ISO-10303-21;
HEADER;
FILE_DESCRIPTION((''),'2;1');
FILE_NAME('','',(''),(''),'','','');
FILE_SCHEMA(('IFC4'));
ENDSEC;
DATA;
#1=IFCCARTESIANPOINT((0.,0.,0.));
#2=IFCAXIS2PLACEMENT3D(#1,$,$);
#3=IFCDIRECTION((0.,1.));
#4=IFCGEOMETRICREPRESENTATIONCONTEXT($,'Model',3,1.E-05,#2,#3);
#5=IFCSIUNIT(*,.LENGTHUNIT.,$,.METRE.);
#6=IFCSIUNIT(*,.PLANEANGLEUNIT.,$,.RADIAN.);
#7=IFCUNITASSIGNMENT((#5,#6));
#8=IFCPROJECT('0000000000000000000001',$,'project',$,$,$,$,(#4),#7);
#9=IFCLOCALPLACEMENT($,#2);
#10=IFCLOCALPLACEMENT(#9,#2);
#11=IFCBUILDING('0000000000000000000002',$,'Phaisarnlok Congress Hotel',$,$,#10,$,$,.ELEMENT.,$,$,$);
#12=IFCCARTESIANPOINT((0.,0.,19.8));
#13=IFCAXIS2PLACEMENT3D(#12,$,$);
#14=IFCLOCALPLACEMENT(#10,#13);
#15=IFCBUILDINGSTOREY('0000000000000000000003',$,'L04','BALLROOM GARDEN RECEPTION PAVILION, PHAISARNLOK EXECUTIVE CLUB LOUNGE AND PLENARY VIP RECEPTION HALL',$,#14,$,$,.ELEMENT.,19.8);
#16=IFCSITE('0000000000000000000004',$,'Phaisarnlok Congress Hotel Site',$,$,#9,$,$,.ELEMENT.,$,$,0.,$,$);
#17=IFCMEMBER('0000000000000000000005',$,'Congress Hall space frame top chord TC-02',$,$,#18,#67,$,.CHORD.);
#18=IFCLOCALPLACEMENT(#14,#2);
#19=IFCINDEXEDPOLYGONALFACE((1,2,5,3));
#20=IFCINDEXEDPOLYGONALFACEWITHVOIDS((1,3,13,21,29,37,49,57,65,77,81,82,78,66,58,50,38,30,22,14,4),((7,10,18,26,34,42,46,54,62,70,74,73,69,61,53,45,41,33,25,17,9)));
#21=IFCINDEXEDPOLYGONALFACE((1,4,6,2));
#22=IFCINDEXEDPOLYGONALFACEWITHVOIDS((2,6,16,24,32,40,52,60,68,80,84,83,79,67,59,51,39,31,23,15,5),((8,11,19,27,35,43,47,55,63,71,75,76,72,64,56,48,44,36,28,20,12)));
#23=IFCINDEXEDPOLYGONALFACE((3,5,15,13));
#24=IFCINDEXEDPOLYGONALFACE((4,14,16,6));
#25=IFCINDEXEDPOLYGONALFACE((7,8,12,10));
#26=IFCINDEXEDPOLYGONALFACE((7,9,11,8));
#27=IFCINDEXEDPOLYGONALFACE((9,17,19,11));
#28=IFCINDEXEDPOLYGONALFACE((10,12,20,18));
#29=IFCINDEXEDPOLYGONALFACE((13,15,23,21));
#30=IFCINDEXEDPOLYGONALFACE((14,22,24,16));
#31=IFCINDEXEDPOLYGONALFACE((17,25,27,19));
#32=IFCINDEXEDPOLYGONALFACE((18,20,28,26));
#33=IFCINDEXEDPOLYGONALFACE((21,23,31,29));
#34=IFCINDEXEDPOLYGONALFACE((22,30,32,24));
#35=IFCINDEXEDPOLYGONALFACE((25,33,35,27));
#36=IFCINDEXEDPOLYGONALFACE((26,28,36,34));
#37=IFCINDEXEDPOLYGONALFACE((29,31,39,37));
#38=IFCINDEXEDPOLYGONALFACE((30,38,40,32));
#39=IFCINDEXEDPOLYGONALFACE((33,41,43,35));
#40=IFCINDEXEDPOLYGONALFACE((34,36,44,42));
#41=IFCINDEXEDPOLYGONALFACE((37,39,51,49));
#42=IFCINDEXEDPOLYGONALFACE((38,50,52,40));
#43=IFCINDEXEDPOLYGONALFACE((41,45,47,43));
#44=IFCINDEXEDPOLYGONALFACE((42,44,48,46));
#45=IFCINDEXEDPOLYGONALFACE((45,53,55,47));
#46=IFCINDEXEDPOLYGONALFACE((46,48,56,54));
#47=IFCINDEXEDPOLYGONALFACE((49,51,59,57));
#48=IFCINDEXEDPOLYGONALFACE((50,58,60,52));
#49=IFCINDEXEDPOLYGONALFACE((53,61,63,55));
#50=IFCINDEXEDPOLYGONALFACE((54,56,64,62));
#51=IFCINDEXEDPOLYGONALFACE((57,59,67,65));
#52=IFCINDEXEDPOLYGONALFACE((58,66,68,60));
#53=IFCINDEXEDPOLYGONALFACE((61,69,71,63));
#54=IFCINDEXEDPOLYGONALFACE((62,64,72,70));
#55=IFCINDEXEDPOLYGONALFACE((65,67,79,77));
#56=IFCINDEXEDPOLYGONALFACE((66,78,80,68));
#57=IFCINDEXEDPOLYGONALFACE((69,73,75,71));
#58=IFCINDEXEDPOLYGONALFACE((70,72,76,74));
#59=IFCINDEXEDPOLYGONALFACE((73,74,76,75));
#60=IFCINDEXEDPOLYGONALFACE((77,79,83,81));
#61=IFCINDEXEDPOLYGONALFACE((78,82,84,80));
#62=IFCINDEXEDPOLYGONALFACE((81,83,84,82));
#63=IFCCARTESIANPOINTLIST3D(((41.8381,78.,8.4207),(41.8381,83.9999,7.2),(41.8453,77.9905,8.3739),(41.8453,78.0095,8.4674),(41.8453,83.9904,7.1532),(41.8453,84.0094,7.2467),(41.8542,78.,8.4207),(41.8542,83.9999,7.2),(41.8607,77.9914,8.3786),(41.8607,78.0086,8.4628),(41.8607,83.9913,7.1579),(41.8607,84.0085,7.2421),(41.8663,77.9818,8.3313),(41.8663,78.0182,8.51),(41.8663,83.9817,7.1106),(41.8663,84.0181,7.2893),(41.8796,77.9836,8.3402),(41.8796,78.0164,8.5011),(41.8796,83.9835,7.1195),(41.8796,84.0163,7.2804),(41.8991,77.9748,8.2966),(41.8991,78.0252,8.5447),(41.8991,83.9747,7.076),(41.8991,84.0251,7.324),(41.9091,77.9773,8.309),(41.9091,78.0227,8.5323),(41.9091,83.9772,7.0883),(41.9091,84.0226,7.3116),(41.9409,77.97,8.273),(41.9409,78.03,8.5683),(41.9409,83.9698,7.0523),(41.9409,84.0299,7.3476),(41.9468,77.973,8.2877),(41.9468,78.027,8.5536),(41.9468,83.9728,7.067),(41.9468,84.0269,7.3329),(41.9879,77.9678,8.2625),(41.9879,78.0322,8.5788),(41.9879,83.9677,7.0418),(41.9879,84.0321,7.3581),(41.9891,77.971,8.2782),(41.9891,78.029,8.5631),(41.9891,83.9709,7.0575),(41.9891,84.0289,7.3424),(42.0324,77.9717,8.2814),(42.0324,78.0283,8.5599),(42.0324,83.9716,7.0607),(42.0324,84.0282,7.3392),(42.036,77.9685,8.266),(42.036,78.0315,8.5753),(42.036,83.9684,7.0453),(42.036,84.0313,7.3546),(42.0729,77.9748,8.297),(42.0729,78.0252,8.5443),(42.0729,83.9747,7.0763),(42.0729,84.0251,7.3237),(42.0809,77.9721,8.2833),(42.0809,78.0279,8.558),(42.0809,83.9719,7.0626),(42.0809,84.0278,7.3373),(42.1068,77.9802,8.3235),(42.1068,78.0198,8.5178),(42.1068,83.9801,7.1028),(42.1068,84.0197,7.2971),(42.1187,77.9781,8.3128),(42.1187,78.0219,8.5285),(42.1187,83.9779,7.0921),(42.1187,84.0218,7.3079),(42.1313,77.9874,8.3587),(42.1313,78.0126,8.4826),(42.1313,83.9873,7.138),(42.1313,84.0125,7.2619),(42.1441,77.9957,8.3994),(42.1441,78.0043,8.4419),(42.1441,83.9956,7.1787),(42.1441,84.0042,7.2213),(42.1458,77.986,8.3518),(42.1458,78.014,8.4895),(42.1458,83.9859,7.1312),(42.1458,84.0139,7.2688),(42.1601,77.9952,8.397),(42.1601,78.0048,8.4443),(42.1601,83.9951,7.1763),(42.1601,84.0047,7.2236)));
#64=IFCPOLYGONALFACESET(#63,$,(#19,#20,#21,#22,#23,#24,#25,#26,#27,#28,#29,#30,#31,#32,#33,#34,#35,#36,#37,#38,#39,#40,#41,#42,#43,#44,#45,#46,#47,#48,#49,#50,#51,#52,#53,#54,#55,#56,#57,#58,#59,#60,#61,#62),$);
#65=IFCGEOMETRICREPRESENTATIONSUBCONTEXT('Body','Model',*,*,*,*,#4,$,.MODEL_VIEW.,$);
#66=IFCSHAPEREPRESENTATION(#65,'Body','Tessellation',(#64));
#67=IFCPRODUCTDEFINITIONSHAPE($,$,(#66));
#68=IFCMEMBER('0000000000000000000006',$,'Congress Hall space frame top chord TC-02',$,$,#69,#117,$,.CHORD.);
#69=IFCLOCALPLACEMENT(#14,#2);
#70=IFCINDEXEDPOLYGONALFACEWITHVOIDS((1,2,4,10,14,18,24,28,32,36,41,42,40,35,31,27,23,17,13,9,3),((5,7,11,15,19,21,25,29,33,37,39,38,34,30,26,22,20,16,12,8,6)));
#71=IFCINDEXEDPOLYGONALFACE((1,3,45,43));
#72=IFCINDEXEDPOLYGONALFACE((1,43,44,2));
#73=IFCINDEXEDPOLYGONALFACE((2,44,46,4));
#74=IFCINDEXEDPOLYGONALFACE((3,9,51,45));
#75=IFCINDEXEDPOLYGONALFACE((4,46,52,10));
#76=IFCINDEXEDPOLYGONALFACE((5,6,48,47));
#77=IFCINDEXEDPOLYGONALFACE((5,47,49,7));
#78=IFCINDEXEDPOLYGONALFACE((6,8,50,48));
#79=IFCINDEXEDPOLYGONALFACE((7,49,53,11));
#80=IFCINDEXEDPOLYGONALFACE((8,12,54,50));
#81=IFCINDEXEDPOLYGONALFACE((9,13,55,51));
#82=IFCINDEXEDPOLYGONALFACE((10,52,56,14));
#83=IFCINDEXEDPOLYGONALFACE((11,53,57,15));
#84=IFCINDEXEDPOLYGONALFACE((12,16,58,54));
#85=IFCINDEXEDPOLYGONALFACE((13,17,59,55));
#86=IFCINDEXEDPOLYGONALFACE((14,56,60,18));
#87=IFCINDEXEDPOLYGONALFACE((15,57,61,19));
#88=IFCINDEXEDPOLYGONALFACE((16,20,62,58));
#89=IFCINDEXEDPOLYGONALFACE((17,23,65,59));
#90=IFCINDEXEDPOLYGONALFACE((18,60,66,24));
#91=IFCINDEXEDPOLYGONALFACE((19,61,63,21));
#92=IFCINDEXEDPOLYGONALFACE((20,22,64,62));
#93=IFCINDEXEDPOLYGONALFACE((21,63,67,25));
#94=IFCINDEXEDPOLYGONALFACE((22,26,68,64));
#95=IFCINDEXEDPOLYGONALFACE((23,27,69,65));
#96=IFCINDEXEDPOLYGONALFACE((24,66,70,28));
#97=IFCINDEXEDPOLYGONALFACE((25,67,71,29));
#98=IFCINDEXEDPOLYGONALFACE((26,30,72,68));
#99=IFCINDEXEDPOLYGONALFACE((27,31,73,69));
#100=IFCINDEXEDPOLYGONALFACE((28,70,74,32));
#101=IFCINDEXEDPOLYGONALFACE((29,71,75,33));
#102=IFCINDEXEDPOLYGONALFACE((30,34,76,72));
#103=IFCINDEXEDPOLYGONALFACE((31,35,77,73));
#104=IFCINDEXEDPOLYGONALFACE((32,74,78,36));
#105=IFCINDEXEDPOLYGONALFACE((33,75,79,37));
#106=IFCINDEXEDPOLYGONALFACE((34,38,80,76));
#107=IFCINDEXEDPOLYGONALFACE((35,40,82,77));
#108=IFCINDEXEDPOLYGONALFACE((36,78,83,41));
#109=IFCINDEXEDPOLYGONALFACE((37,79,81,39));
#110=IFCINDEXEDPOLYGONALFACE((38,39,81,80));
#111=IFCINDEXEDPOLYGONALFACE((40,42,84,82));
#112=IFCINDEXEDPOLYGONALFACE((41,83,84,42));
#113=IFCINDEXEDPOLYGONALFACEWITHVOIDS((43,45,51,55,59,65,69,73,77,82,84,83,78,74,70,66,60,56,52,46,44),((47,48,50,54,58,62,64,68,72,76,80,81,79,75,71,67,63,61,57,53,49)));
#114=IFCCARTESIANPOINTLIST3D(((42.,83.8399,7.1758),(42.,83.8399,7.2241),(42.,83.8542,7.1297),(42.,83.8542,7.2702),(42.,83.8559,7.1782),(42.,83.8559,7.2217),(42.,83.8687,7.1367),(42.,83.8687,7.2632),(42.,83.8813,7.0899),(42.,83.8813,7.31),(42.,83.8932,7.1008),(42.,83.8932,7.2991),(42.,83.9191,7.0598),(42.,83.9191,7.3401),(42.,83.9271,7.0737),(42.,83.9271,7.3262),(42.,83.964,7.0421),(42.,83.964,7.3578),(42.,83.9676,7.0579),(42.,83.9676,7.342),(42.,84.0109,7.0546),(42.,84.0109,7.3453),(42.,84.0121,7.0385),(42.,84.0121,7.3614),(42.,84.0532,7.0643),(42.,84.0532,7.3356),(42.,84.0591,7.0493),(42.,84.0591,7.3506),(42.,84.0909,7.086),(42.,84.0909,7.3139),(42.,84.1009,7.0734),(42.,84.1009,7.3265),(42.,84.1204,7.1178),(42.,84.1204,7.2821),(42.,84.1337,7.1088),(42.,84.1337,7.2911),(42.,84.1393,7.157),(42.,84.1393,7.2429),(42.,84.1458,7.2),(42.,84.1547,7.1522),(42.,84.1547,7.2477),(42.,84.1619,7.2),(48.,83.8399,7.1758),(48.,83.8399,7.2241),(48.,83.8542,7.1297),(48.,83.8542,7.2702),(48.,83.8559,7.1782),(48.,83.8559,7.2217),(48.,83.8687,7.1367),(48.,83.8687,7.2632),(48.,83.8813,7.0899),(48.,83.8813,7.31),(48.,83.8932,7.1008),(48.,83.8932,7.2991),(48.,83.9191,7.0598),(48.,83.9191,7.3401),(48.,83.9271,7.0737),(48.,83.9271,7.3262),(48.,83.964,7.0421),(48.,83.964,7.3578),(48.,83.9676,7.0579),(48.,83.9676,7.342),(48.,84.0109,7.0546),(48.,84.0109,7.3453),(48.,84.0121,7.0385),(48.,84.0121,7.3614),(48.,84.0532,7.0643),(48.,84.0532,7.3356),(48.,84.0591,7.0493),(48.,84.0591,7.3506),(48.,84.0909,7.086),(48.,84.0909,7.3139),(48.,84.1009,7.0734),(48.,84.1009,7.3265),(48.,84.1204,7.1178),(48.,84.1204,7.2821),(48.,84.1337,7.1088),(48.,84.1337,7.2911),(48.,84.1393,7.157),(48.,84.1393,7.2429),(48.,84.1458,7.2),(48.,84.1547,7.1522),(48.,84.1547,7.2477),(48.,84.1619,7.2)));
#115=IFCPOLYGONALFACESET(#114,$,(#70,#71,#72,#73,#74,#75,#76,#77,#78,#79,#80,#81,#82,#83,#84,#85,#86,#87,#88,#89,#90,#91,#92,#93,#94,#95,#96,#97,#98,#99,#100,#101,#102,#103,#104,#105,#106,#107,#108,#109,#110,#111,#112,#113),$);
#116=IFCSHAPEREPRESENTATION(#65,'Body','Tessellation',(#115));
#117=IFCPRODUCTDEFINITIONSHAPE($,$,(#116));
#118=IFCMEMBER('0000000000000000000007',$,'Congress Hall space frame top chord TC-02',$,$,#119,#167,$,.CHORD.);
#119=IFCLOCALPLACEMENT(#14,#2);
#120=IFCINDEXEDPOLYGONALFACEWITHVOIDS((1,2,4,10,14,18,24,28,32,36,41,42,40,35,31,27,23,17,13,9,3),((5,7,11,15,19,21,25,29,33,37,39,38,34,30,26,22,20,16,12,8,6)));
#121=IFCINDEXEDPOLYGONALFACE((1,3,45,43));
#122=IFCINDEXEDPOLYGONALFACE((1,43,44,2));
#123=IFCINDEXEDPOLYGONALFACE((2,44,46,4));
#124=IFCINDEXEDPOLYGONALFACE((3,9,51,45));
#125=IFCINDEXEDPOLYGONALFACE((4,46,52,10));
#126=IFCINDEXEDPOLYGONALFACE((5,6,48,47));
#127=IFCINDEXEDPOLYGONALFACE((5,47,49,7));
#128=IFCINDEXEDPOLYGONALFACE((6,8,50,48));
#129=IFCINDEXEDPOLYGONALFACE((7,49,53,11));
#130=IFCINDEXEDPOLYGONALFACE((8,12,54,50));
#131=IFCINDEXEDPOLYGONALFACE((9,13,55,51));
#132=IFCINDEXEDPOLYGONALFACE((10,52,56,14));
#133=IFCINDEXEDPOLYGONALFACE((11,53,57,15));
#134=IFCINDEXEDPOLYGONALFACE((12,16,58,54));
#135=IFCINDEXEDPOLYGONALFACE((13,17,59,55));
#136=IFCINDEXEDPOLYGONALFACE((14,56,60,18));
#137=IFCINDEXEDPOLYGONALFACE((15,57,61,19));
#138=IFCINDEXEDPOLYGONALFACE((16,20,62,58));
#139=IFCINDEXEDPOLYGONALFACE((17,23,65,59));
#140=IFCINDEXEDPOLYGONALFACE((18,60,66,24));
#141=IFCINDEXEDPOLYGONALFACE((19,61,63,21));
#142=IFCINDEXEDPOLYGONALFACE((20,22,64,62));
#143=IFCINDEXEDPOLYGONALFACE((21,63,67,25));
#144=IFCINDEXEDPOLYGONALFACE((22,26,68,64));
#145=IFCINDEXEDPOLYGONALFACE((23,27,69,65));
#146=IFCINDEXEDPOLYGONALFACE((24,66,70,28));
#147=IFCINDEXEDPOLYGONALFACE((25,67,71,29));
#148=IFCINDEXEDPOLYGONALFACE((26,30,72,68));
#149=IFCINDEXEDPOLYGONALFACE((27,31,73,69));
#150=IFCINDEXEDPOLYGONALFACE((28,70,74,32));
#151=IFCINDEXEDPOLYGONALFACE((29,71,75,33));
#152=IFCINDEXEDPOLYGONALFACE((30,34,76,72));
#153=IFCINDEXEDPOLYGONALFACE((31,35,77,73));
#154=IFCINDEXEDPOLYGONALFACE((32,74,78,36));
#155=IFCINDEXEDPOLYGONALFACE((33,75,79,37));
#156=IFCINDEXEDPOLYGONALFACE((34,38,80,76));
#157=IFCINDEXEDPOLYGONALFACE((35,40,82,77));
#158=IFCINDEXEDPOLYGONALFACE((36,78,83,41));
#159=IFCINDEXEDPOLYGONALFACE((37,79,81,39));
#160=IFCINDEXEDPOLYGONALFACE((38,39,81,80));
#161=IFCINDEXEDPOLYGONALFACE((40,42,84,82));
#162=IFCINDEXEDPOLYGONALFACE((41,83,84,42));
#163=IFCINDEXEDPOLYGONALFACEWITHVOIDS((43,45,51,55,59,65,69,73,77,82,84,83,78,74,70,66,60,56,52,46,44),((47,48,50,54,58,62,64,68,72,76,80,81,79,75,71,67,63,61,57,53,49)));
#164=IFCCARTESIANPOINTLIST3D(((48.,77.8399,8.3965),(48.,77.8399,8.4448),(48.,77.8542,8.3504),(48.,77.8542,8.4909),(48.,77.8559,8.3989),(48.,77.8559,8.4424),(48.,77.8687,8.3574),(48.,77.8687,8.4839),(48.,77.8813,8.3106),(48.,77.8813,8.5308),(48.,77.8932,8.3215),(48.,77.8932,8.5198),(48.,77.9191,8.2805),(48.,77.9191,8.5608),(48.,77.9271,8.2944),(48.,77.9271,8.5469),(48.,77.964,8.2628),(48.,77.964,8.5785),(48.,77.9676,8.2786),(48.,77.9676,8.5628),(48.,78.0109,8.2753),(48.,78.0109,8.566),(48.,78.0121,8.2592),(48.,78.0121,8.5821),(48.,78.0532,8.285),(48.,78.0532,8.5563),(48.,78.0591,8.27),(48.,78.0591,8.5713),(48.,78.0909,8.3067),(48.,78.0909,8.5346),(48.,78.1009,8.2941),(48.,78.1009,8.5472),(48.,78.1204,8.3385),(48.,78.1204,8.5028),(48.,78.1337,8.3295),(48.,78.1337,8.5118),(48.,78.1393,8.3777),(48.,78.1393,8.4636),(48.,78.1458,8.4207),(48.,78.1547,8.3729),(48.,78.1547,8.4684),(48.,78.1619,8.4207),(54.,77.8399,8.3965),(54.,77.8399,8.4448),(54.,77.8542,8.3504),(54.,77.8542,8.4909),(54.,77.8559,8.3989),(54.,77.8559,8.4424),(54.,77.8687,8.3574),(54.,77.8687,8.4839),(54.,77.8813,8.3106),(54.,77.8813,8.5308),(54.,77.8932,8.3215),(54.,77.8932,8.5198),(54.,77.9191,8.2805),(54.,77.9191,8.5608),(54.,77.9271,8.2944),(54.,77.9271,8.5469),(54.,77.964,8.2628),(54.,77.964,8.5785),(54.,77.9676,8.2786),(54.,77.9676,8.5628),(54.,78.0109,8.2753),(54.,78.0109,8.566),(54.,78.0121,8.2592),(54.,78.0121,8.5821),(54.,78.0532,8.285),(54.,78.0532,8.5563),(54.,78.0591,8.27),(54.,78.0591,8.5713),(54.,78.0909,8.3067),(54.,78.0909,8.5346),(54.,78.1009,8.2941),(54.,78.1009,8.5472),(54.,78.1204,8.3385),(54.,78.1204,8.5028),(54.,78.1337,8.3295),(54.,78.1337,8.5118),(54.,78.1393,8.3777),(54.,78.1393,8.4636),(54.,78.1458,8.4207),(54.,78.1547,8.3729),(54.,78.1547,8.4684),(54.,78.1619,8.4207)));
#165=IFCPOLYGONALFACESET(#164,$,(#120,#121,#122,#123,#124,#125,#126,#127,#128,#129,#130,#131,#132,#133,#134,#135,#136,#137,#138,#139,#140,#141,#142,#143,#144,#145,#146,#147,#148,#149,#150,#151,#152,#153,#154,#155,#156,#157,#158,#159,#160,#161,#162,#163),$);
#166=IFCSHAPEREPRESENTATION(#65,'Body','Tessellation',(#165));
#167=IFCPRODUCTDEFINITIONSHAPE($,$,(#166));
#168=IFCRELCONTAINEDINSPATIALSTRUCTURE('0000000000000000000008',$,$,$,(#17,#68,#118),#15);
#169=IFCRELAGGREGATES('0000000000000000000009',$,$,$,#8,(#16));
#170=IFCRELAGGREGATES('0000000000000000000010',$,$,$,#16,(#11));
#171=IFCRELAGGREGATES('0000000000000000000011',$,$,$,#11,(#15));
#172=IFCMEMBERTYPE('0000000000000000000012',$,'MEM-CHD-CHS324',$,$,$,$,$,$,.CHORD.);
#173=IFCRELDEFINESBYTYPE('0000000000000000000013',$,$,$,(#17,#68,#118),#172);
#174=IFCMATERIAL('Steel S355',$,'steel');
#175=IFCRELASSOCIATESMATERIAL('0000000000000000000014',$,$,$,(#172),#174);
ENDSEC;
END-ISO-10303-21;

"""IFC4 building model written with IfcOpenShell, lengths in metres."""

from ifc_helpers import new_model, si_unit, direction, frame, origin, origin_2d, place, context, subcontext, project, spatial, hollow_circle, extrude, material, material_profile, profile_set, type_object, element, save


model = new_model("IFC4")

# Units and contexts
model_context = context("Model", 3, precision=1e-05, world=origin(), true_north=direction((0.0, 1.0)))
body_context = subcontext(model_context, "Body", "Model", "MODEL_VIEW")
ifc_project = project(units=[si_unit("LENGTHUNIT", "METRE"), si_unit("PLANEANGLEUNIT", "RADIAN")], contexts=[model_context])

# Site, building, storey
site_placement = place(None, origin())
site = spatial("IfcSite", under=ifc_project, at=site_placement, Name="Phaisarnlok Congress Hotel Site", CompositionType="ELEMENT", RefElevation=0.0)
building_placement = place(site_placement, origin())
building = spatial("IfcBuilding", under=site, at=building_placement, Name="Phaisarnlok Congress Hotel", CompositionType="ELEMENT")
storey_placement = place(building_placement, frame((0.0, 0.0, 19.8)))
storey = spatial("IfcBuildingStorey", under=building, at=storey_placement, Name="L04", Description="BALLROOM GARDEN RECEPTION PAVILION, PHAISARNLOK EXECUTIVE CLUB LOUNGE AND PLENARY VIP RECEPTION HALL", CompositionType="ELEMENT", Elevation=19.8)

# Members
ifc_material_1 = material(Name="Steel S355", Category="steel")
ifc_material_profile_1 = material_profile(ifc_material_1, hollow_circle(Radius=0.1619, WallThickness=0.0161, at=origin_2d()), Name="CHS 323.9x16")
ifc_profile_set_1 = profile_set([ifc_material_profile_1], Name="Steel S355")
member_type_1 = type_object("IfcMemberType", Name="MEM-CHD-CHS324", PredefinedType="CHORD", material=ifc_profile_set_1)
member_1_placement = place(storey_placement, frame((42.0, 78.0, 8.4207), z_axis=(0.0, 0.979925, -0.199366), x_axis=(-1.0, 0.0, 0.0)))
element("IfcMember", 1, at=member_1_placement, inside=storey, type_object=member_type_1, Name="Congress Hall space frame top chord TC-02", PredefinedType="CHORD", context=body_context, shape_type="SweptSolid", body=[
    extrude(hollow_circle(Radius=0.1619, WallThickness=0.0161, at=origin_2d()), origin(), (0.0, 0.0, 1.0), 6.1228),
])
for number, where, z_axis, x_axis, name in (
    (2, (42.0, 84.0, 7.2), (1.0, 0.0, 0.0), (0.0, 1.0, 0.0), "Congress Hall space frame top chord TC-02"),
    (3, (48.0, 78.0, 8.4207), (1.0, 0.0, 0.0), (0.0, 1.0, 0.0), "Congress Hall space frame top chord TC-02"),
):
    element("IfcMember", number, at=place(storey_placement, frame(where, z_axis=z_axis, x_axis=x_axis)), inside=storey, type_object=member_type_1, Name=name, PredefinedType="CHORD", context=body_context, shape_type="SweptSolid", body=[
        extrude(hollow_circle(Radius=0.1619, WallThickness=0.0161, at=origin_2d()), origin(), (0.0, 0.0, 1.0), 6.0),
    ])

save(model, "model.ifc")
